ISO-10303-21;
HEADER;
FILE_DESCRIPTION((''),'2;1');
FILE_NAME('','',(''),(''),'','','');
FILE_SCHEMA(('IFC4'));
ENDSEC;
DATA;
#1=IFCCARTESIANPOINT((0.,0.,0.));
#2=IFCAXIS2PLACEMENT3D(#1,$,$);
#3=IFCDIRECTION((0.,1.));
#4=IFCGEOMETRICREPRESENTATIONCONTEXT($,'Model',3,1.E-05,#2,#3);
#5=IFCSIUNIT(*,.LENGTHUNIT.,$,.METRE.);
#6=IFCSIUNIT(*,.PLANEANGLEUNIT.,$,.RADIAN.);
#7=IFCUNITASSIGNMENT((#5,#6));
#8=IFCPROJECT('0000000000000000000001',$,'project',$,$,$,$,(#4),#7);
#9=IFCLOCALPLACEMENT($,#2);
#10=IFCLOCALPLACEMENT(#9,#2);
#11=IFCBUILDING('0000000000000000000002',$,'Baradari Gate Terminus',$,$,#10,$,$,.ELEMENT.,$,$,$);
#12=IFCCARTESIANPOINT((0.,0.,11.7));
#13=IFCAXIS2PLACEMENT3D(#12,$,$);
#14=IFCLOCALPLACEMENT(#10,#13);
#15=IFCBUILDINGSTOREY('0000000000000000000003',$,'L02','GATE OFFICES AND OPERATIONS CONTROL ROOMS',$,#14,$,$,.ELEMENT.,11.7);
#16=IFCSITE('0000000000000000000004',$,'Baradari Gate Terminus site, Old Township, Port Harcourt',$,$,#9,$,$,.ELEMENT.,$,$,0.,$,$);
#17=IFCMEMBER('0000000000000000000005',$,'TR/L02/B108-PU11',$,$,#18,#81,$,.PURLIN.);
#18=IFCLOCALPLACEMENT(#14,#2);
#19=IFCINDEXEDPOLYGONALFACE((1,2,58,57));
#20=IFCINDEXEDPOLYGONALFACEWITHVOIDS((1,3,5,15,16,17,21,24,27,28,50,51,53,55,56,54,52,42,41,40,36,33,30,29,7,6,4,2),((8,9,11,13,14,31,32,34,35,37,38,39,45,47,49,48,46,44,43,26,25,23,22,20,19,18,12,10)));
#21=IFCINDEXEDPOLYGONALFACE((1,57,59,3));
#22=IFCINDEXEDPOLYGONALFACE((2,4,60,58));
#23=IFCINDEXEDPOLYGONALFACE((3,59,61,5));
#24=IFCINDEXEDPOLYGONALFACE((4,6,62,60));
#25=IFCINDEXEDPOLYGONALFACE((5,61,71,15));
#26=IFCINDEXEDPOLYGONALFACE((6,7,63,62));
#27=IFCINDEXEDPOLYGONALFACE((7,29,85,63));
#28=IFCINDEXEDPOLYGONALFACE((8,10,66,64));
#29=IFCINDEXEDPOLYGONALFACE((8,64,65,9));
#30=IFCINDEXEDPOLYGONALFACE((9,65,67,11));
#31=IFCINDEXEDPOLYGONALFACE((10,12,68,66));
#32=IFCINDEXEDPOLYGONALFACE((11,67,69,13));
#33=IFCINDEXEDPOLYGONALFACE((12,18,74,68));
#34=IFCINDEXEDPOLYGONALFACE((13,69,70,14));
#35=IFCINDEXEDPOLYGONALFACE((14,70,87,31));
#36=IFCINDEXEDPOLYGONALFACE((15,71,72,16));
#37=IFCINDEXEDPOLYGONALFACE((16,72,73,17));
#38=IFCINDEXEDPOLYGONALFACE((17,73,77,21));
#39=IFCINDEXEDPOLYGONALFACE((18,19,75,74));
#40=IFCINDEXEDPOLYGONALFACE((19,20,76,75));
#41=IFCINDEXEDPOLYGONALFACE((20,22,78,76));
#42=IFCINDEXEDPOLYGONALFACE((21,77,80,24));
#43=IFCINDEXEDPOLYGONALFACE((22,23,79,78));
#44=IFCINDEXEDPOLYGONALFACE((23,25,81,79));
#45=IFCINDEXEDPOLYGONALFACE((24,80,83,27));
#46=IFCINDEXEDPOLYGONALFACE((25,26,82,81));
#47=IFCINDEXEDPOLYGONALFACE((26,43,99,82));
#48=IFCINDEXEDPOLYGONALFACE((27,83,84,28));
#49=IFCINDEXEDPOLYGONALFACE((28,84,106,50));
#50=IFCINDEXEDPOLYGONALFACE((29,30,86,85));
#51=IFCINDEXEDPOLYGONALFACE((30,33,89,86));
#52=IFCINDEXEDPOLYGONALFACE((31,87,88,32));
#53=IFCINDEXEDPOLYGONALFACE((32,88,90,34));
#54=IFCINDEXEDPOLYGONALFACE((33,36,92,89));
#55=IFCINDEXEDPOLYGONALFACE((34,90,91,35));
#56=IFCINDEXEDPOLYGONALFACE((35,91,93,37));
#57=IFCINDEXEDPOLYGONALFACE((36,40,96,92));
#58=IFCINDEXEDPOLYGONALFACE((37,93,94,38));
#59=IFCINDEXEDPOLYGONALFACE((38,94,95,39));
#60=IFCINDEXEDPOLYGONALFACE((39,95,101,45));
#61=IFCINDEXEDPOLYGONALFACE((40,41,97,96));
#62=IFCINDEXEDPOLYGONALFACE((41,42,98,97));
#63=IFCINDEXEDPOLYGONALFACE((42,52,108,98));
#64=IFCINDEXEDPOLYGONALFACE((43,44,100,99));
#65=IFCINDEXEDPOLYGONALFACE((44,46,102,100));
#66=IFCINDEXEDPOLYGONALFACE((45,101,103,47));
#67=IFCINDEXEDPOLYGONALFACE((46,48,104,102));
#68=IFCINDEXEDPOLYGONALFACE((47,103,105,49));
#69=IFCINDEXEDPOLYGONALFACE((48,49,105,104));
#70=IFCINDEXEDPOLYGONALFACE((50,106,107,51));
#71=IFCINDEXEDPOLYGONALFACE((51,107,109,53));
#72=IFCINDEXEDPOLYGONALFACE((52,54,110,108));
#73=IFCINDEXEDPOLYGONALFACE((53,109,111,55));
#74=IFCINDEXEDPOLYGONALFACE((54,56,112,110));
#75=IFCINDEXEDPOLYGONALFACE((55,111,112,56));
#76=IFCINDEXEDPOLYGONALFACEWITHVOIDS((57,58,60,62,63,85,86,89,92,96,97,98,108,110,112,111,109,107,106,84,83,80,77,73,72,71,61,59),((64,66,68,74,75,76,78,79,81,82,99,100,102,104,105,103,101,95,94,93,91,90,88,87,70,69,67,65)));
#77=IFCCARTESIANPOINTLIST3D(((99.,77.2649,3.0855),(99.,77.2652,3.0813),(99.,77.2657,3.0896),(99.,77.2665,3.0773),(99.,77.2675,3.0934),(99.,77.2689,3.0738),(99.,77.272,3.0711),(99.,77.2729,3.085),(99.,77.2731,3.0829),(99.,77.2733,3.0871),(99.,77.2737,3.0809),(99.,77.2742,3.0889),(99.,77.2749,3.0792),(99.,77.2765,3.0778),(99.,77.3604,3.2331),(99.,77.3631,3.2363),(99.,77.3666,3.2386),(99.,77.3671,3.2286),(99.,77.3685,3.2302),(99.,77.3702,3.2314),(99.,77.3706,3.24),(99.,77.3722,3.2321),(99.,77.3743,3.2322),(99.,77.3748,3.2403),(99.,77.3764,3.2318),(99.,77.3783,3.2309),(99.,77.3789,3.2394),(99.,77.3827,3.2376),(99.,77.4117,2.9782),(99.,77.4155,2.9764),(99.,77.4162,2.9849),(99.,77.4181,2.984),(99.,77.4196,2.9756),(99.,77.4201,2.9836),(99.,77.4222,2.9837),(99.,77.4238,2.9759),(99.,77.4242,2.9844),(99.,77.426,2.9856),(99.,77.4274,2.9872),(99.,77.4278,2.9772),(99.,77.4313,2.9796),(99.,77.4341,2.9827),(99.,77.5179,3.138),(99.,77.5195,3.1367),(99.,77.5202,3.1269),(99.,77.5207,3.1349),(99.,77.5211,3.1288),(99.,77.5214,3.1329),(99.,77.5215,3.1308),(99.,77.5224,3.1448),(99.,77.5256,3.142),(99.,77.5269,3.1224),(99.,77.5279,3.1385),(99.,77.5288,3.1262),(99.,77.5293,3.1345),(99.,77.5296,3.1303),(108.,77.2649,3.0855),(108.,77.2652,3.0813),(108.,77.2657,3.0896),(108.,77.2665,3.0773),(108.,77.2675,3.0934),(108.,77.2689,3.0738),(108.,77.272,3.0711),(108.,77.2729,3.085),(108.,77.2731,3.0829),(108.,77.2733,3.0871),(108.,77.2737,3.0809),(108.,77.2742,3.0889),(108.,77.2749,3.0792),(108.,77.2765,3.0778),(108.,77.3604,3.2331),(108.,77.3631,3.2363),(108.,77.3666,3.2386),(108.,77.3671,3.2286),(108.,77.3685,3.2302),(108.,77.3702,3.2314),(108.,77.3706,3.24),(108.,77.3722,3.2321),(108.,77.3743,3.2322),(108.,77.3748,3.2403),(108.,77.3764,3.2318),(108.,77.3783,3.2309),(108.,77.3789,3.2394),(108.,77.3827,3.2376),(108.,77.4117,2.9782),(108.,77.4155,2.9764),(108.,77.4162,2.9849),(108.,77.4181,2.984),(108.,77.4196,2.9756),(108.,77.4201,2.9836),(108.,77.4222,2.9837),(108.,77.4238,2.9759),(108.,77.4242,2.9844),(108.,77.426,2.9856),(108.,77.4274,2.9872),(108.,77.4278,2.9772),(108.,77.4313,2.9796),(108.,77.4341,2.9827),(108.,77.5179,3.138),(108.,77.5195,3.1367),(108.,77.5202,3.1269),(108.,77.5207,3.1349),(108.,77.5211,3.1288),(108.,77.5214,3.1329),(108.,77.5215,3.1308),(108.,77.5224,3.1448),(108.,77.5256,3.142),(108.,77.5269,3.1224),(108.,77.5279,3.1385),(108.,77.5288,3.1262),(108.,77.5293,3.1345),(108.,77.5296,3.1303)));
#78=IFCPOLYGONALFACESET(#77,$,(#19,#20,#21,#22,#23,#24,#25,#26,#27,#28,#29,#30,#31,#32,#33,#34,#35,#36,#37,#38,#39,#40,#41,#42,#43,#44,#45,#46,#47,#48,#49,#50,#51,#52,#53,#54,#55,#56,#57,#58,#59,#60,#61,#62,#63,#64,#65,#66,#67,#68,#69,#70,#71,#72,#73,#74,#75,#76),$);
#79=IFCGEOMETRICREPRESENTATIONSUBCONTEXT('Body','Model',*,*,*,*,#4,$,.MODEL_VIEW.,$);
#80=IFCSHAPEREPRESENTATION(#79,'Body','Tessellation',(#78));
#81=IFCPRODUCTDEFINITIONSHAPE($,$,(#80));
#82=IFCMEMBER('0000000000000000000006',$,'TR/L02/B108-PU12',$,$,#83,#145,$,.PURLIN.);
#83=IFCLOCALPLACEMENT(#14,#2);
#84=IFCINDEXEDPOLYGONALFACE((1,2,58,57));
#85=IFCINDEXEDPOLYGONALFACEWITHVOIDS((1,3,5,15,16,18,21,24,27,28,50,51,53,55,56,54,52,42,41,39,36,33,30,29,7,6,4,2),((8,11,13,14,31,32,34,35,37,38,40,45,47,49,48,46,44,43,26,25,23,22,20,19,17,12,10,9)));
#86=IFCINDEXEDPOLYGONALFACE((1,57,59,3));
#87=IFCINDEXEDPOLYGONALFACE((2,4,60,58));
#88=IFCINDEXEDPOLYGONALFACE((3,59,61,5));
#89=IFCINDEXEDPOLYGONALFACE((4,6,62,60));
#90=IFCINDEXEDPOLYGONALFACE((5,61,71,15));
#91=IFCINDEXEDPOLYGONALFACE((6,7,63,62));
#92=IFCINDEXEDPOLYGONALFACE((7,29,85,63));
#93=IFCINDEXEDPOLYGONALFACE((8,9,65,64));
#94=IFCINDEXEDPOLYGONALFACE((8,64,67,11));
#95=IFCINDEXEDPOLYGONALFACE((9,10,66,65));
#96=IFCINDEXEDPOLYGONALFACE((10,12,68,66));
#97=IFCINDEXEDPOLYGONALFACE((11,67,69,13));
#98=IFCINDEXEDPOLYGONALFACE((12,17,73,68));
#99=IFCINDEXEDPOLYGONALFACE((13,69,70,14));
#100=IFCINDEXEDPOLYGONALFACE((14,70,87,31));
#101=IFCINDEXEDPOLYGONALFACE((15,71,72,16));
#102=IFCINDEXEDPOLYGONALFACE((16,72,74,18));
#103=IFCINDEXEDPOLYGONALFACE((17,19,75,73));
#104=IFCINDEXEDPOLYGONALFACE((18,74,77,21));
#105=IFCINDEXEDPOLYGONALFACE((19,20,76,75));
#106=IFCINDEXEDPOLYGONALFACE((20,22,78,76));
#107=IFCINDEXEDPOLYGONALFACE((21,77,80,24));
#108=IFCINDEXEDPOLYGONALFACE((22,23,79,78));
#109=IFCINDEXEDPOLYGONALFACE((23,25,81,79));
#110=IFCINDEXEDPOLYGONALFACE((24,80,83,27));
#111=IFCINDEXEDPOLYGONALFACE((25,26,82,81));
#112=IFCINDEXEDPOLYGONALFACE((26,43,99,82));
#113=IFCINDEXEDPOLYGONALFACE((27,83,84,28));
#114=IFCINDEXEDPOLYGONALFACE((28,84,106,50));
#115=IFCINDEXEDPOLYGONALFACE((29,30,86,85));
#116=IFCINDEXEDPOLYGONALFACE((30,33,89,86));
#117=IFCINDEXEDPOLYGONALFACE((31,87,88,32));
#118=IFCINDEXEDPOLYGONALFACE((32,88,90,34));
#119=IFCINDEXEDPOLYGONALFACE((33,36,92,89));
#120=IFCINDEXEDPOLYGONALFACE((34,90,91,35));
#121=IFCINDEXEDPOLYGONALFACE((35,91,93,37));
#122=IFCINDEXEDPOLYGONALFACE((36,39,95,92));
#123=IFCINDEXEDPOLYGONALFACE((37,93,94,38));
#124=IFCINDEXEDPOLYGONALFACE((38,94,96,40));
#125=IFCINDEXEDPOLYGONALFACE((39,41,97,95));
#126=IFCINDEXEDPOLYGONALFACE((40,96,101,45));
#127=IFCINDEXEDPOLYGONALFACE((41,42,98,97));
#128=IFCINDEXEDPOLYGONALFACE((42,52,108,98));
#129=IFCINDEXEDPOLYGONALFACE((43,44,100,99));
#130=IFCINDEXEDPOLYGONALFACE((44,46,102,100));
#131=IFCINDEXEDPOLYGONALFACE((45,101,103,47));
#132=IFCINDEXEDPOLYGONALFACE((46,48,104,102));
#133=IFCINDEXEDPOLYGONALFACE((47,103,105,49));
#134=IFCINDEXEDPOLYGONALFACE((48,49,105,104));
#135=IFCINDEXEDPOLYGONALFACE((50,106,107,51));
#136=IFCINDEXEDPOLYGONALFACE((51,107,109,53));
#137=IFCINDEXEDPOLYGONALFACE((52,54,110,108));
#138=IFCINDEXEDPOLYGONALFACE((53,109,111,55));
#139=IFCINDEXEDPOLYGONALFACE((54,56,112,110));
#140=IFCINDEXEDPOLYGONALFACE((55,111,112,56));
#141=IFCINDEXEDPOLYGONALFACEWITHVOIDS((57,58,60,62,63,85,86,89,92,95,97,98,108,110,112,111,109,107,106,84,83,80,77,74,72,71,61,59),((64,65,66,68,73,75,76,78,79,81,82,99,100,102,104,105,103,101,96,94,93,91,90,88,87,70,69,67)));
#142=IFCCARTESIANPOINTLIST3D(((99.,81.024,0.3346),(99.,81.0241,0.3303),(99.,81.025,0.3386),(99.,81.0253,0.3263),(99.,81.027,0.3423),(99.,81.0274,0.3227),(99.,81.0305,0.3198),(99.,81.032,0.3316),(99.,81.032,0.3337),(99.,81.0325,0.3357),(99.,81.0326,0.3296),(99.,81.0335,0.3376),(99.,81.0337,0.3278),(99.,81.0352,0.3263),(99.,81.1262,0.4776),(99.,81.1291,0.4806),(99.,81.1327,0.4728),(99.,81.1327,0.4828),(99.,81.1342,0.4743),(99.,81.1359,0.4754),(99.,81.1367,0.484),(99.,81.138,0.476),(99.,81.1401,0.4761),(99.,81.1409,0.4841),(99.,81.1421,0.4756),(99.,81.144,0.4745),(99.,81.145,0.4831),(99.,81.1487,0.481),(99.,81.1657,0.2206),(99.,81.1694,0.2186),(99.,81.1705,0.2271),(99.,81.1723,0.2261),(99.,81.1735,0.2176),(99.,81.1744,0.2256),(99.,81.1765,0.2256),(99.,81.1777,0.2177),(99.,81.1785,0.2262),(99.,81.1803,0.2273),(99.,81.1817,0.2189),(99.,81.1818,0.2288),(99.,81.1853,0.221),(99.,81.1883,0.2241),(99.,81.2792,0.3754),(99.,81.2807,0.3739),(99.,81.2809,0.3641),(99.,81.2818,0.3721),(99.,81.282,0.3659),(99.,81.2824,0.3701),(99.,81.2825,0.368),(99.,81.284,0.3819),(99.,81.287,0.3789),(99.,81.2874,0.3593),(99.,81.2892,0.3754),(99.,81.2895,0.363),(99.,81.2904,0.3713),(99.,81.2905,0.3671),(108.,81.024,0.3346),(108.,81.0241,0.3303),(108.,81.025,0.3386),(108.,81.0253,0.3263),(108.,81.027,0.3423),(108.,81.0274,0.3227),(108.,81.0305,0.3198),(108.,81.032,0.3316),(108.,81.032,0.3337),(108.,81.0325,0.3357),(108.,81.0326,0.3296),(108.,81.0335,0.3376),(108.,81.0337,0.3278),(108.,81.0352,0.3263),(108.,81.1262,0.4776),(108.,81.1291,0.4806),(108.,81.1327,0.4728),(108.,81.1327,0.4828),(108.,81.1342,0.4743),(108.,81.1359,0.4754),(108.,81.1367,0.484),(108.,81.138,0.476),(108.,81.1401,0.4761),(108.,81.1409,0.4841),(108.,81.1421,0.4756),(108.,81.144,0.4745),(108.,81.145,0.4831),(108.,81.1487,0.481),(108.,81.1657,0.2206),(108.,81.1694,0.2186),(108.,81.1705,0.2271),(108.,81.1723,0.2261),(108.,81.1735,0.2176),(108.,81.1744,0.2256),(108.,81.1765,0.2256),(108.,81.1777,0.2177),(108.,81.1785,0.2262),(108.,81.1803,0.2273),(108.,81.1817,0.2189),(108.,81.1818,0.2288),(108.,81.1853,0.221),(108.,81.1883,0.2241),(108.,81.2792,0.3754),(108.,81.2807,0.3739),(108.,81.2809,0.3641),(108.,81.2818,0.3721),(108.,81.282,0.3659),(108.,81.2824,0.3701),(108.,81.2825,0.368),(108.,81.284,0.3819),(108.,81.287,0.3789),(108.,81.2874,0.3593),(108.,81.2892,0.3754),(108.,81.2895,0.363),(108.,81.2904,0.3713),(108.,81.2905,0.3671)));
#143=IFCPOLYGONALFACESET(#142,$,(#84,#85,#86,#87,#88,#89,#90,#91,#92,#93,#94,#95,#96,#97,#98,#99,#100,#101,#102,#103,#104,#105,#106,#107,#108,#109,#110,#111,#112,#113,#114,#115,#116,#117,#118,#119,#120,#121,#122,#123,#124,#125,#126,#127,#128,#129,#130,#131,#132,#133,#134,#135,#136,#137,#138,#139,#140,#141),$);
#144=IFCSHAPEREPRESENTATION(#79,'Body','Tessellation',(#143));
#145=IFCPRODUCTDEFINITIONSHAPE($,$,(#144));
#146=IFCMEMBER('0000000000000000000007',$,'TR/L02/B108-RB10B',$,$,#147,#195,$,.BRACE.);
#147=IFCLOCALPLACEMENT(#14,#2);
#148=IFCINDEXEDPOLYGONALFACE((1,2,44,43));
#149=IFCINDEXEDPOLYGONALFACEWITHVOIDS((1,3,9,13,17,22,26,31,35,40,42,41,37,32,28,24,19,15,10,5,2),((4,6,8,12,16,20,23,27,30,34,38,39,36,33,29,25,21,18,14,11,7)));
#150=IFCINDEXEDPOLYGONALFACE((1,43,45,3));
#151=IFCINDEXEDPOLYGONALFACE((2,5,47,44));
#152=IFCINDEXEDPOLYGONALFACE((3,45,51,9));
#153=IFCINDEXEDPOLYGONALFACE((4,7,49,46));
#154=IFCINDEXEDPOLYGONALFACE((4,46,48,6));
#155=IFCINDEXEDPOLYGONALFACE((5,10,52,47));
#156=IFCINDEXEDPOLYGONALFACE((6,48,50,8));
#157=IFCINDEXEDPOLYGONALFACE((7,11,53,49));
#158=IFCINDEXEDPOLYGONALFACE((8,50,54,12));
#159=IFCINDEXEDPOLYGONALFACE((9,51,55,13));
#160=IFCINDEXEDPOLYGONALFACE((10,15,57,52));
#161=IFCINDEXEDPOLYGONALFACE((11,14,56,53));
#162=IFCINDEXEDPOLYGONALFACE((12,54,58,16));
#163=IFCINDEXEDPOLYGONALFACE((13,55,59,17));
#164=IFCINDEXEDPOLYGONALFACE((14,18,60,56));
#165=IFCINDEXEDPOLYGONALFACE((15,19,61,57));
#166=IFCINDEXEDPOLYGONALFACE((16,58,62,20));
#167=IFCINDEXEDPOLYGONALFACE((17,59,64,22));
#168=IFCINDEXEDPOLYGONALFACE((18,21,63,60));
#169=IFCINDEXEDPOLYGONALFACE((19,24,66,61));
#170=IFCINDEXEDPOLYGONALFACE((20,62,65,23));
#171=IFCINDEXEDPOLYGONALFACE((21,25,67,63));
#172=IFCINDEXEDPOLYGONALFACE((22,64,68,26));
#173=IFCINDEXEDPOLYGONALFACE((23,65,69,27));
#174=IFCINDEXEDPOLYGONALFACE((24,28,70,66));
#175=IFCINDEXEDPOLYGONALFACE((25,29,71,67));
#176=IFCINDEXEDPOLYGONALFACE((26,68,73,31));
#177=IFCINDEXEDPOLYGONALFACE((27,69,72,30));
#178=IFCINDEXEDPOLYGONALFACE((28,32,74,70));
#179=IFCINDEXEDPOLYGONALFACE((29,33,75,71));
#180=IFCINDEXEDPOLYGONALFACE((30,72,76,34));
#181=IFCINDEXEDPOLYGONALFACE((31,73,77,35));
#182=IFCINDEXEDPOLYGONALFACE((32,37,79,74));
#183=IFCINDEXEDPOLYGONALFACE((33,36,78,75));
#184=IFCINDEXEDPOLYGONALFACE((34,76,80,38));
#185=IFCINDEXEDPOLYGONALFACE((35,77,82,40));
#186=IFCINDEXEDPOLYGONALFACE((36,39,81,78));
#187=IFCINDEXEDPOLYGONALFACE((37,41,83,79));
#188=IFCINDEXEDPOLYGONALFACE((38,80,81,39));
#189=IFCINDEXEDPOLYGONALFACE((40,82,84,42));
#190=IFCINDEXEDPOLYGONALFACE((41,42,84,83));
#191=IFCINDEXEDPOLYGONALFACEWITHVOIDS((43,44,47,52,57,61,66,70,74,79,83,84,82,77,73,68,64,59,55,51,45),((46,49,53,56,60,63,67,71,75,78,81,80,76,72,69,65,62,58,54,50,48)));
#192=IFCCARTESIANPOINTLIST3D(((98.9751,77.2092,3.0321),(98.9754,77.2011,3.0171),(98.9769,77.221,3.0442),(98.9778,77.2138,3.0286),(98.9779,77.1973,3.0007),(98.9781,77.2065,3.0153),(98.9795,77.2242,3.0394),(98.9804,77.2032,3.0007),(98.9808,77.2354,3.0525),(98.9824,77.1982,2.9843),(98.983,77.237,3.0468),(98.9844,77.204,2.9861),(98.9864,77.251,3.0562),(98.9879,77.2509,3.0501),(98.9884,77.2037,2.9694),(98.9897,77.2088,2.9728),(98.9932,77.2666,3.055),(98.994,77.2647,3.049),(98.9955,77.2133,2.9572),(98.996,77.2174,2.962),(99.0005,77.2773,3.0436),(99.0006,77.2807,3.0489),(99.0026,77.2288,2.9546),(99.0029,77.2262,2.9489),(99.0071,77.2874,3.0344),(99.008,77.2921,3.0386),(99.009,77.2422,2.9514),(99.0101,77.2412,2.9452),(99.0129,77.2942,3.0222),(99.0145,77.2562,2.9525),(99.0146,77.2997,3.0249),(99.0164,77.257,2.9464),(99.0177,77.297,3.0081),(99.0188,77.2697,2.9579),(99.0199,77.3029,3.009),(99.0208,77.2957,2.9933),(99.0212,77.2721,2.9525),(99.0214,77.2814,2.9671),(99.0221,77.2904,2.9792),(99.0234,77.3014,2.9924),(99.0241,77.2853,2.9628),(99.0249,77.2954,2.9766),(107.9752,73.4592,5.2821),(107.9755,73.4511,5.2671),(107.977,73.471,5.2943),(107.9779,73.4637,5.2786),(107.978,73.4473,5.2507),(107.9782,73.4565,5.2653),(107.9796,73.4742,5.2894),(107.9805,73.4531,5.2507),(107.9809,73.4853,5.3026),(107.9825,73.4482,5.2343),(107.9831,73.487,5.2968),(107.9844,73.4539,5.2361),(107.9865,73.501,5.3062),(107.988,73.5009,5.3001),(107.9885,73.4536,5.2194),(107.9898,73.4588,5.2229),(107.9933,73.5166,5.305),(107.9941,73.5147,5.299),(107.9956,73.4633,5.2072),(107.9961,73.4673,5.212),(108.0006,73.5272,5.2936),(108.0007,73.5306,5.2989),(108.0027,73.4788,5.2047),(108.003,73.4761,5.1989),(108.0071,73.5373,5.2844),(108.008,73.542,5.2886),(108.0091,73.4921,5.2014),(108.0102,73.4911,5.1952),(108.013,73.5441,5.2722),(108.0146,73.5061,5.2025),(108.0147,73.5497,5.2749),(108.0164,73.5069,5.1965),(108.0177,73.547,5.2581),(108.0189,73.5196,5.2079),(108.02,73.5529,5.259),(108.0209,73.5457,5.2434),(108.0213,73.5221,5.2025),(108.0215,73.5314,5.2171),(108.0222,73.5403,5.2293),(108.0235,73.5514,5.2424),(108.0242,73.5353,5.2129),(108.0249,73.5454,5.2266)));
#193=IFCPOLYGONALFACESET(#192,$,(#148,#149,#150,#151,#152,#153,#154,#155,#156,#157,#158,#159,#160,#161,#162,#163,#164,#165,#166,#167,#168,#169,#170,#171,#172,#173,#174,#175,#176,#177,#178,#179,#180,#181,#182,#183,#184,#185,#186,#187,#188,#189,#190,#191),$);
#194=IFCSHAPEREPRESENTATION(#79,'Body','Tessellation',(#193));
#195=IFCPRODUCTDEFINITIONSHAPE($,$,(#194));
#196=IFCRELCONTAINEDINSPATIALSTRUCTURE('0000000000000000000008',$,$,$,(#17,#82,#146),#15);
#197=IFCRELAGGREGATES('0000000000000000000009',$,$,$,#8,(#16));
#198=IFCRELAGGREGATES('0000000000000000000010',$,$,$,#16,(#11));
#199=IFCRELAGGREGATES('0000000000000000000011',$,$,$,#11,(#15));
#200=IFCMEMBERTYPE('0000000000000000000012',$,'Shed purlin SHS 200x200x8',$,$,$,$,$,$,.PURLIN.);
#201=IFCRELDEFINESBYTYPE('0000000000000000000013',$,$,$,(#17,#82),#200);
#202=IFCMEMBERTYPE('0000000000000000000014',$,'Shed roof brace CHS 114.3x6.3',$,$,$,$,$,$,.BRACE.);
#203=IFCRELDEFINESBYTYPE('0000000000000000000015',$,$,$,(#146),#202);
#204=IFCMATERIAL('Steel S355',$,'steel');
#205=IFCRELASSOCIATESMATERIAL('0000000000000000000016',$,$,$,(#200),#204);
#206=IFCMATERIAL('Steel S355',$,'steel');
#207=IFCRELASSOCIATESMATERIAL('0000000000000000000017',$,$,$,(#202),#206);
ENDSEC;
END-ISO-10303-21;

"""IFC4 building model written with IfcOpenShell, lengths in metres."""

from ifc_helpers import new_model, si_unit, direction, frame, origin, origin_2d, place, context, subcontext, project, spatial, hollow_rectangle, hollow_circle, extrude, material, material_profile, profile_set, type_object, element, save


model = new_model("IFC4")

# Units and contexts
model_context = context("Model", 3, precision=1e-05, world=origin(), true_north=direction((0.0, 1.0)))
body_context = subcontext(model_context, "Body", "Model", "MODEL_VIEW")
ifc_project = project(units=[si_unit("LENGTHUNIT", "METRE"), si_unit("PLANEANGLEUNIT", "RADIAN")], contexts=[model_context])

# Site, building, storey
site_placement = place(None, origin())
site = spatial("IfcSite", under=ifc_project, at=site_placement, Name="Baradari Gate Terminus site, Old Township, Port Harcourt", CompositionType="ELEMENT", RefElevation=0.0)
building_placement = place(site_placement, origin())
building = spatial("IfcBuilding", under=site, at=building_placement, Name="Baradari Gate Terminus", CompositionType="ELEMENT")
storey_placement = place(building_placement, frame((0.0, 0.0, 11.7)))
storey = spatial("IfcBuildingStorey", under=building, at=storey_placement, Name="L02", Description="GATE OFFICES AND OPERATIONS CONTROL ROOMS", CompositionType="ELEMENT", Elevation=11.7)

# Members
ifc_material_1 = material(Name="Steel S355", Category="steel")
ifc_material_profile_1 = material_profile(ifc_material_1, hollow_rectangle(XDim=0.2, YDim=0.2, WallThickness=0.0081, InnerFilletRadius=0.0081, OuterFilletRadius=0.0161, at=origin_2d()), Name="SHS 200x200x8")
ifc_profile_set_1 = profile_set([ifc_material_profile_1], Name="Steel S355")
member_type_1 = type_object("IfcMemberType", Name="Shed purlin SHS 200x200x8", PredefinedType="PURLIN", material=ifc_profile_set_1)
for number, where, z_axis, x_axis, name in (
    (1, (99.0, 77.3972, 3.1079), (1.0, 0.0, 0.0), (0.0, 0.832836, -0.553519), "TR/L02/B108-PU11"),
    (2, (99.0, 81.1572, 0.3508), (1.0, 0.0, 0.0), (0.0, 0.806405, -0.591364), "TR/L02/B108-PU12"),
):
    element("IfcMember", number, at=place(storey_placement, frame(where, z_axis=z_axis, x_axis=x_axis)), inside=storey, type_object=member_type_1, Name=name, PredefinedType="PURLIN", context=body_context, shape_type="SweptSolid", body=[
        extrude(hollow_rectangle(XDim=0.2, YDim=0.2, WallThickness=0.0081, InnerFilletRadius=0.0081, OuterFilletRadius=0.0161, at=origin_2d()), origin(), (0.0, 0.0, 1.0), 9.0),
    ])
ifc_material_2 = material(Name="Steel S355", Category="steel")
ifc_material_profile_2 = material_profile(ifc_material_2, hollow_circle(Radius=0.0571, WallThickness=0.0063, at=origin_2d()), Name="CHS 114.3x6.3")
ifc_profile_set_2 = profile_set([ifc_material_profile_2], Name="Steel S355")
member_type_2 = type_object("IfcMemberType", Name="Shed roof brace CHS 114.3x6.3", PredefinedType="BRACE", material=ifc_profile_set_2)
member_1_placement = place(storey_placement, frame((108.0, 73.5, 5.2507), z_axis=(-0.899438, 0.374766, -0.22486), x_axis=(-0.384615, -0.923077, 0.0)))
element("IfcMember", 3, at=member_1_placement, inside=storey, type_object=member_type_2, Name="TR/L02/B108-RB10B", PredefinedType="BRACE", context=body_context, shape_type="SweptSolid", body=[
    extrude(hollow_circle(Radius=0.0571, WallThickness=0.0063, at=origin_2d()), origin(), (0.0, 0.0, 1.0), 10.0063),
])

save(model, "model.ifc")
